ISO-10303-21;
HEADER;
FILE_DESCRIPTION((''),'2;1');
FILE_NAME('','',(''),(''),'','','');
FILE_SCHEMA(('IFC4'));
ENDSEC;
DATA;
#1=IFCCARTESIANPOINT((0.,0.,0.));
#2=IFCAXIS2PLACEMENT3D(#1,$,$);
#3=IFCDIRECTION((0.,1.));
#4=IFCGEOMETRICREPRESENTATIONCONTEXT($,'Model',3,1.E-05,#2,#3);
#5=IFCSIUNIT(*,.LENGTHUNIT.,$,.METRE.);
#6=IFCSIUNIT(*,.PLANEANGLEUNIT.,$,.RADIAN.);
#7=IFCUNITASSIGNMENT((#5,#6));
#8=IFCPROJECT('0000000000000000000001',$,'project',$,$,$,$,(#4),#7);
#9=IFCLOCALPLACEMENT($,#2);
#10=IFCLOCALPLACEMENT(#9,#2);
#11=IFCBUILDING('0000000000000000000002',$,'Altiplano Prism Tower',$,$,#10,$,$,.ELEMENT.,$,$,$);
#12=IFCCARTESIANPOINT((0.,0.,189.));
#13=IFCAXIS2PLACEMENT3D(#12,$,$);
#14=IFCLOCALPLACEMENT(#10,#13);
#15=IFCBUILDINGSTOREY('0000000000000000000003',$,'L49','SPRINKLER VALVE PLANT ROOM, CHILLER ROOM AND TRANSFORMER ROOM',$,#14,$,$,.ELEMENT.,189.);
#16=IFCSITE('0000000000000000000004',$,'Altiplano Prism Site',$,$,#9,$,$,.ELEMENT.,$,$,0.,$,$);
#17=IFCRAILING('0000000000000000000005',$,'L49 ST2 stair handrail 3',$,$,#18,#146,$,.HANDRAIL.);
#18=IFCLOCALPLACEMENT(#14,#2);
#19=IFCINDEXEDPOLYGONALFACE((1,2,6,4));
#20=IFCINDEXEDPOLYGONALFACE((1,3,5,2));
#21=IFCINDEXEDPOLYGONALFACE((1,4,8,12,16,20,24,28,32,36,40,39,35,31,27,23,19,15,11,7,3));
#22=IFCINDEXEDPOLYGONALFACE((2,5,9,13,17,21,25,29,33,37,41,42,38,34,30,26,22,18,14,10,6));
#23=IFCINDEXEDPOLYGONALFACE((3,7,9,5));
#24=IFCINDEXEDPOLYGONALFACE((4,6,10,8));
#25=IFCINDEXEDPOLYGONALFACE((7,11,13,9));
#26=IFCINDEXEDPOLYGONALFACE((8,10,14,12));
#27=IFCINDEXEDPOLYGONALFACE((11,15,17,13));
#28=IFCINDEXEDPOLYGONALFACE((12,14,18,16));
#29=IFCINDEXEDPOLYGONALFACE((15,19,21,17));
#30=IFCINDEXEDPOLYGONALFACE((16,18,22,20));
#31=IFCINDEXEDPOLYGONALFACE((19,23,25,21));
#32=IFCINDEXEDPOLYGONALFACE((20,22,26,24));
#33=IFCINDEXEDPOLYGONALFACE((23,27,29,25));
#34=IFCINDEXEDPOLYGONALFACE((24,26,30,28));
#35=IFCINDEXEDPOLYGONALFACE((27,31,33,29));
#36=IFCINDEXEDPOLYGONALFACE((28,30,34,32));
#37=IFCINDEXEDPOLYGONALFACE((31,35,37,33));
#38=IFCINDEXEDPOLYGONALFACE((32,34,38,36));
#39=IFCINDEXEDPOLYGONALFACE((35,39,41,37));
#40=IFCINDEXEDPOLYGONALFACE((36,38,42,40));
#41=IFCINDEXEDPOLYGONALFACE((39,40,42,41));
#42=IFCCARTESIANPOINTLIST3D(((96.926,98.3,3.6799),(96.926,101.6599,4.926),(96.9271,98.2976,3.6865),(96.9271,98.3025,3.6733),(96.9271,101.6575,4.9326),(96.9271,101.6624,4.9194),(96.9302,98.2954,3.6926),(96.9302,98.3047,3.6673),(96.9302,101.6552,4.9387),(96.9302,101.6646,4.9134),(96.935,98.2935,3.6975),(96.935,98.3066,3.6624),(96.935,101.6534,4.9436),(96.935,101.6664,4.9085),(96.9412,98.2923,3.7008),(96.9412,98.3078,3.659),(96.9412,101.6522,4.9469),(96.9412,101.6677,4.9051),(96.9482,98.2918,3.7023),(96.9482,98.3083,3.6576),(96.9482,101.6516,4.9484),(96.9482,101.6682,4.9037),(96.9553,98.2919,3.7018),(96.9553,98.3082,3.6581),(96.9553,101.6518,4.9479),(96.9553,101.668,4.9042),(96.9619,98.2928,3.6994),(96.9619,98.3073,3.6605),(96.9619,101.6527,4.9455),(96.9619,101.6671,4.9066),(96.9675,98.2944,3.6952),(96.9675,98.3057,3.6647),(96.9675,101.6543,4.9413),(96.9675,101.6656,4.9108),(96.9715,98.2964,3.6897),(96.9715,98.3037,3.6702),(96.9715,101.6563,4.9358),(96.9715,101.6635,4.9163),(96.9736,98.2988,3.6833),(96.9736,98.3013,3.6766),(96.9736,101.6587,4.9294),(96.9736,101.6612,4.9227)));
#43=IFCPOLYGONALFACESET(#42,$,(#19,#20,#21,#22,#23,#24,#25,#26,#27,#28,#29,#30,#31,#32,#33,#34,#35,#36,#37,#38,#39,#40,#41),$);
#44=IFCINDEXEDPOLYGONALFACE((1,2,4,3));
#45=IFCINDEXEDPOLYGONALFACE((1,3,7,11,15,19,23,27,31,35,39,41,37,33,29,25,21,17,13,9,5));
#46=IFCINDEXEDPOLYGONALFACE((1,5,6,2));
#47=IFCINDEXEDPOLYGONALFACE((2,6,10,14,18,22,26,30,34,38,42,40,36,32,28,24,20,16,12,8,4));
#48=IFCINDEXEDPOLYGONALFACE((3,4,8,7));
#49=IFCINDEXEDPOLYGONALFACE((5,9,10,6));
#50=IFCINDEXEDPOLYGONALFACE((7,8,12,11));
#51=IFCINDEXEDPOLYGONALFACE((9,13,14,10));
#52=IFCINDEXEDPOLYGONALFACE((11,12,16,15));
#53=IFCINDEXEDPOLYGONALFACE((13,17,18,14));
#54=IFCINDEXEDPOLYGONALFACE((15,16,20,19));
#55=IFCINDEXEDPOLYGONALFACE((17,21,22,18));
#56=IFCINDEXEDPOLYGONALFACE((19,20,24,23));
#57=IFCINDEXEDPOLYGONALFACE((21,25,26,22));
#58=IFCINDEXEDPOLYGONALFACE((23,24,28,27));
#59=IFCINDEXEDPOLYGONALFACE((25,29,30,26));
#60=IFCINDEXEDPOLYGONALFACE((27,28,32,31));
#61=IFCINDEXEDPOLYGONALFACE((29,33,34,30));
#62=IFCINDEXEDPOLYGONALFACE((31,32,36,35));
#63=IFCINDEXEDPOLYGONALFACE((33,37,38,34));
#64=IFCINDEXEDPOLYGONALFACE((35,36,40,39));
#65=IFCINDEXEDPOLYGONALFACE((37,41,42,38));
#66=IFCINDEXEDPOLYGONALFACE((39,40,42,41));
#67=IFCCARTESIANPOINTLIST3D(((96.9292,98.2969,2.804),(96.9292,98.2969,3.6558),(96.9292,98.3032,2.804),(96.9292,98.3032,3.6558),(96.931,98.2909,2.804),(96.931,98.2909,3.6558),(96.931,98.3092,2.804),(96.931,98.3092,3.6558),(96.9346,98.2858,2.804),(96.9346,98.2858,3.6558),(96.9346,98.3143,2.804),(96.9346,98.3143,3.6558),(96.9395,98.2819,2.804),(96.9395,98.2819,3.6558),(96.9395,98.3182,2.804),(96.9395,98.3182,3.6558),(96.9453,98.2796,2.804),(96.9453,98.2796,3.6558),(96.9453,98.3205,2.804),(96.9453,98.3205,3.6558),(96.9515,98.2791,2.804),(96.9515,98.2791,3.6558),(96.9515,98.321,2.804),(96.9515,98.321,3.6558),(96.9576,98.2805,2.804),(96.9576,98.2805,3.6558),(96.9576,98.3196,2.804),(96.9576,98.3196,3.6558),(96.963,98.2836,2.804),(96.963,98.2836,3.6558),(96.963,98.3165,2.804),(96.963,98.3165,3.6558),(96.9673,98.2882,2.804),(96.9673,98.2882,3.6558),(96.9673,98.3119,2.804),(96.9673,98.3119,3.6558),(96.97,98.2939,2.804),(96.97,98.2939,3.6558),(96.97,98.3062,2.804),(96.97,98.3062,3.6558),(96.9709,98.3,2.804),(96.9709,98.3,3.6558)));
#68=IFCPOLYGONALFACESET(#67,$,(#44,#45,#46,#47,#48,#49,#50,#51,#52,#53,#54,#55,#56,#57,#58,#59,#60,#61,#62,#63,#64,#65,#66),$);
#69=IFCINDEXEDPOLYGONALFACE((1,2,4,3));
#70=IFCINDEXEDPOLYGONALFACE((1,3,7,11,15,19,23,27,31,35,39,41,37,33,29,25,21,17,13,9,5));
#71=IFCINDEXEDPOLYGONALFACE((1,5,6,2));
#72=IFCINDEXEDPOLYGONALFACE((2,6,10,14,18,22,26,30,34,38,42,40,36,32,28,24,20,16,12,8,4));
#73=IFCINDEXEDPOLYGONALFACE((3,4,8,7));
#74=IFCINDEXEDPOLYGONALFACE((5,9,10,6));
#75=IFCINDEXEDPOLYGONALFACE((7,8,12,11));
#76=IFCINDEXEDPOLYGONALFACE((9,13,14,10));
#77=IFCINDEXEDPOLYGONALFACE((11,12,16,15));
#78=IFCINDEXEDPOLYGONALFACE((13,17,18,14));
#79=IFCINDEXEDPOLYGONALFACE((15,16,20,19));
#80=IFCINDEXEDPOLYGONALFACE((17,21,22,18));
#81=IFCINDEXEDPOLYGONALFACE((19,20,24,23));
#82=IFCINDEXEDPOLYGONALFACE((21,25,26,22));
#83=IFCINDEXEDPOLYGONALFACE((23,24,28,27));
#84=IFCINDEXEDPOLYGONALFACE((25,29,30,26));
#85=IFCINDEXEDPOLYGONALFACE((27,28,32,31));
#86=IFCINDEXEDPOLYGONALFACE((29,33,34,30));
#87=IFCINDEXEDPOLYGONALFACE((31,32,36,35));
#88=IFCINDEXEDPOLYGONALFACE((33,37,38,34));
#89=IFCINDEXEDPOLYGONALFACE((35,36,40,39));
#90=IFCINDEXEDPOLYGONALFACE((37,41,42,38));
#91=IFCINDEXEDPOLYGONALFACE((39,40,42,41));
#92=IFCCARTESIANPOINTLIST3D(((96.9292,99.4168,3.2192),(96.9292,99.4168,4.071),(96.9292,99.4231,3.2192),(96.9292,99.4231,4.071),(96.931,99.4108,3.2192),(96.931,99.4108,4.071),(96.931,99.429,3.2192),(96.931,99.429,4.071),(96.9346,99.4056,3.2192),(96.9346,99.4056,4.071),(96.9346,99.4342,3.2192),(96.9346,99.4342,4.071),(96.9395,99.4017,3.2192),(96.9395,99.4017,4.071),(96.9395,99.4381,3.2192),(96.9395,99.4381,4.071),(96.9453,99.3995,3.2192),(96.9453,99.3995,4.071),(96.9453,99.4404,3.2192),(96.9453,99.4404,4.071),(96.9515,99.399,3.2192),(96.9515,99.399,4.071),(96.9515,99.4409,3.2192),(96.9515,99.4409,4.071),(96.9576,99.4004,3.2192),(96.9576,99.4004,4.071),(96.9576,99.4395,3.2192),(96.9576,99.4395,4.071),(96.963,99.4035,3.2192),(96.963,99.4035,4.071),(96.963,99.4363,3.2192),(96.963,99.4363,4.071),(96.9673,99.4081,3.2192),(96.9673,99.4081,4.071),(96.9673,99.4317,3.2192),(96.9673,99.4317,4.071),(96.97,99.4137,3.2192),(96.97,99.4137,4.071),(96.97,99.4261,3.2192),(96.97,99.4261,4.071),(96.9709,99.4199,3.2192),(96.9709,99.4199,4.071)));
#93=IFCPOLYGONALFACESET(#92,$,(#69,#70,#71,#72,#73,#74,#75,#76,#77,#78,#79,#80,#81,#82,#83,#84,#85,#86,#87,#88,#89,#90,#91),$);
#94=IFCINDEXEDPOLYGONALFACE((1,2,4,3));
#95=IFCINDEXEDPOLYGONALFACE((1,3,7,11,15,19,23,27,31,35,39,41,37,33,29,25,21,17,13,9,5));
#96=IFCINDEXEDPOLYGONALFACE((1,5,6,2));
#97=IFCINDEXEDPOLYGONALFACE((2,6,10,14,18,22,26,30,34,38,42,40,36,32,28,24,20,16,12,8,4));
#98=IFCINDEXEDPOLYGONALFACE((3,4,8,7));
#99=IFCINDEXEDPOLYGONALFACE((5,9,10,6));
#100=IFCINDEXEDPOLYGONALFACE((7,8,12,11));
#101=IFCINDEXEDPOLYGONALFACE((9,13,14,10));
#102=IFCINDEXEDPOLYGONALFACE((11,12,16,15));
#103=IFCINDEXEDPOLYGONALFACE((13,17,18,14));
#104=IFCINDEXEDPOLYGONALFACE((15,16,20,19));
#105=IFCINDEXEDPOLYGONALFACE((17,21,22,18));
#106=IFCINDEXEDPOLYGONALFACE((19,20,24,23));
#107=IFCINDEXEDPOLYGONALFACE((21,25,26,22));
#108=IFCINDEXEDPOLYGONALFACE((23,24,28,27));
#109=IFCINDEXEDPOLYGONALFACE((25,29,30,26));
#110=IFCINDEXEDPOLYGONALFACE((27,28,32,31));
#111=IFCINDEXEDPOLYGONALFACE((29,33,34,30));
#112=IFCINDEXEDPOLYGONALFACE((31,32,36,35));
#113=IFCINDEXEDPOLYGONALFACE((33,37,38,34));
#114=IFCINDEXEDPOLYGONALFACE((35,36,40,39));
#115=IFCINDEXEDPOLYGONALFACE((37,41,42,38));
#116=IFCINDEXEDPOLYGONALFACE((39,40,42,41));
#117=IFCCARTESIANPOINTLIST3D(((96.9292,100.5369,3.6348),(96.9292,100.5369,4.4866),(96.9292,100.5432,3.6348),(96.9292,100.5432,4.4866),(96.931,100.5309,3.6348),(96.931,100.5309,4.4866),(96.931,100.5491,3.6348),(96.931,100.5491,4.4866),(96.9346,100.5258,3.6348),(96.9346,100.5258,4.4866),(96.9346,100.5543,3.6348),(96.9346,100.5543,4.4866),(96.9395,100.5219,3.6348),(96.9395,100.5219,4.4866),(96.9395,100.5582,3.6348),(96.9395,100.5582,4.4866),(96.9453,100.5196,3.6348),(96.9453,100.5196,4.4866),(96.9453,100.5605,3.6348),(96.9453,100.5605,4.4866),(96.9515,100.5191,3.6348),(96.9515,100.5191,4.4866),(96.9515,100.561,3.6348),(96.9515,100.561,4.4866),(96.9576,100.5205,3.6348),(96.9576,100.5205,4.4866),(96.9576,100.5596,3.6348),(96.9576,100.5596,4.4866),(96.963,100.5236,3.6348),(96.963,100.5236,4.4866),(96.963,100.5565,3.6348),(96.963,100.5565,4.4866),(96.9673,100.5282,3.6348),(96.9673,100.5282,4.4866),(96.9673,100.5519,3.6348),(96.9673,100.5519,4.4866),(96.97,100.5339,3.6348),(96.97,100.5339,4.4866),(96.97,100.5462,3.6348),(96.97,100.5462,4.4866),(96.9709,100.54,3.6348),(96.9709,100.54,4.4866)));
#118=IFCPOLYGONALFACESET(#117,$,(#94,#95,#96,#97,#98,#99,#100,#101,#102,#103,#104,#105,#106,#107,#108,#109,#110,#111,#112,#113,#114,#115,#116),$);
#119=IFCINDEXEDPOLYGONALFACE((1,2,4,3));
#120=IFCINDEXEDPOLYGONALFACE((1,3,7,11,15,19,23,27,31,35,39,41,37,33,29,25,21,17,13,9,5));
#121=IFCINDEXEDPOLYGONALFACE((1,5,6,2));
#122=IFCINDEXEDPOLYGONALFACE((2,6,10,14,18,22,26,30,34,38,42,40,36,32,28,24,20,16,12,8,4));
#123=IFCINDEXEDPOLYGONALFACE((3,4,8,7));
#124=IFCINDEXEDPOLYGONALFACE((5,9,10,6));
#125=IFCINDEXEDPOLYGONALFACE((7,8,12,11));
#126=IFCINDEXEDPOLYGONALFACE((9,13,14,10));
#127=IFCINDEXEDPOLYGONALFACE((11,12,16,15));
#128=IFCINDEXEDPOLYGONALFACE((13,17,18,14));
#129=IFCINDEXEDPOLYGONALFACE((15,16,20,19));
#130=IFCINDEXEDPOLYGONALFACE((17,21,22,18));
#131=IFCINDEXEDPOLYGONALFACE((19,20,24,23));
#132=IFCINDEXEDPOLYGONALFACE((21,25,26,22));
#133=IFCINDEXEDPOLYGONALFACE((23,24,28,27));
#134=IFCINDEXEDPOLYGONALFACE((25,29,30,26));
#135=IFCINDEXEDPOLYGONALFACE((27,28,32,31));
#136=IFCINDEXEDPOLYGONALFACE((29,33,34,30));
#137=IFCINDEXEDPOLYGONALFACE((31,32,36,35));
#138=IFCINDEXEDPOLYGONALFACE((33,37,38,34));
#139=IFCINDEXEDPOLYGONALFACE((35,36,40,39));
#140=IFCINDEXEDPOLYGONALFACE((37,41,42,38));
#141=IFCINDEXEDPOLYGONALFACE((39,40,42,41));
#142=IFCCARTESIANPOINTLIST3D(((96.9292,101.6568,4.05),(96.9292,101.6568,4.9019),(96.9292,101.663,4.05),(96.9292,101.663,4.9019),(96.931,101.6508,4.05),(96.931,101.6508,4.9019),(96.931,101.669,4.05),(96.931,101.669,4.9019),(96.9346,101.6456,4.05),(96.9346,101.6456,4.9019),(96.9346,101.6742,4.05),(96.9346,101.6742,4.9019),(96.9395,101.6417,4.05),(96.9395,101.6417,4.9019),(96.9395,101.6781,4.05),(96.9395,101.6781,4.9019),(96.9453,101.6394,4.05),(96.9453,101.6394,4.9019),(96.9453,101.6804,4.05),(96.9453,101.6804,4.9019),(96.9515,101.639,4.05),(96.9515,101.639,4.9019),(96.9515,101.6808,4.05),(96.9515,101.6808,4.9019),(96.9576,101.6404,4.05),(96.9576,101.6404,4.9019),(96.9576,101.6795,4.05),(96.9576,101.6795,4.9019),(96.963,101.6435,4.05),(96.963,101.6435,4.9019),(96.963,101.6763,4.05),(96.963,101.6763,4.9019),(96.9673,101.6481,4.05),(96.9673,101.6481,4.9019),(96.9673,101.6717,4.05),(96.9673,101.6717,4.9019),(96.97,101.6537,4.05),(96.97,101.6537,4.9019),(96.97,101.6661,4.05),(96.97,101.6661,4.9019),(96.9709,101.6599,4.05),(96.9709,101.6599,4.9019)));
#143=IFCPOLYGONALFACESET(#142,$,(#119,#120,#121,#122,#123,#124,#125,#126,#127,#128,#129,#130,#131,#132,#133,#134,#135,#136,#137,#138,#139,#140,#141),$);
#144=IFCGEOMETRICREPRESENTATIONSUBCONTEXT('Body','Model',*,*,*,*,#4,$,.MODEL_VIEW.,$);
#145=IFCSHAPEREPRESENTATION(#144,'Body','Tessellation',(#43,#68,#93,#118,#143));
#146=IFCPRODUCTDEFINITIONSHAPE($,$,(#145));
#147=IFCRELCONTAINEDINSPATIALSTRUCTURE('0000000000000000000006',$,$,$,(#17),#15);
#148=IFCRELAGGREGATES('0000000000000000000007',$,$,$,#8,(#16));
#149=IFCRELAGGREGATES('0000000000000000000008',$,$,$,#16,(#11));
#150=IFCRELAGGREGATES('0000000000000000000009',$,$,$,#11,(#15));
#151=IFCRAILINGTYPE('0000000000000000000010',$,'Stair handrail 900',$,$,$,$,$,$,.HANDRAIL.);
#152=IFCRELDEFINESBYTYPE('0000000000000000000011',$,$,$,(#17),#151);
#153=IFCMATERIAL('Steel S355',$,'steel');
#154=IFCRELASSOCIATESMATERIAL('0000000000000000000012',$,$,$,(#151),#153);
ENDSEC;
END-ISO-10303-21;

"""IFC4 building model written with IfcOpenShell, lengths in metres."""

from ifc_helpers import new_model, si_unit, direction, frame, origin, origin_2d, place, context, subcontext, project, spatial, circle, extrude, material, type_object, element, save


model = new_model("IFC4")

# Units and contexts
model_context = context("Model", 3, precision=1e-05, world=origin(), true_north=direction((0.0, 1.0)))
body_context = subcontext(model_context, "Body", "Model", "MODEL_VIEW")
ifc_project = project(units=[si_unit("LENGTHUNIT", "METRE"), si_unit("PLANEANGLEUNIT", "RADIAN")], contexts=[model_context])

# Site, building, storey
site_placement = place(None, origin())
site = spatial("IfcSite", under=ifc_project, at=site_placement, Name="Altiplano Prism Site", CompositionType="ELEMENT", RefElevation=0.0)
building_placement = place(site_placement, origin())
building = spatial("IfcBuilding", under=site, at=building_placement, Name="Altiplano Prism Tower", CompositionType="ELEMENT")
storey_placement = place(building_placement, frame((0.0, 0.0, 189.0)))
storey = spatial("IfcBuildingStorey", under=building, at=storey_placement, Name="L49", Description="SPRINKLER VALVE PLANT ROOM, CHILLER ROOM AND TRANSFORMER ROOM", CompositionType="ELEMENT", Elevation=189.0)

# Shared definitions
ifc_material_1 = material(Name="Steel S355", Category="steel")

# Railing
railing_type_1 = type_object("IfcRailingType", Name="Stair handrail 900", PredefinedType="HANDRAIL", material=ifc_material_1)
railing_1_placement = place(storey_placement, frame((96.95, 98.3, 2.804)))
element("IfcRailing", 1, at=railing_1_placement, inside=storey, type_object=railing_type_1, Name="L49 ST2 stair handrail 3", PredefinedType="HANDRAIL", context=body_context, shape_type="SweptSolid", body=[
    extrude(circle(Radius=0.0239, at=origin_2d()), frame((0.0, 0.0, 0.876), z_axis=(0.0, 0.937594, 0.347731), x_axis=(-1.0, 0.0, 0.0)), (0.0, 0.0, 1.0), 3.5835),
    extrude(circle(Radius=0.021, at=origin_2d()), origin(), (0.0, 0.0, 1.0), 0.8518),
    extrude(circle(Radius=0.021, at=origin_2d()), frame((0.0, 1.1199, 0.4153)), (0.0, 0.0, 1.0), 0.8518),
    extrude(circle(Radius=0.021, at=origin_2d()), frame((0.0, 2.24, 0.8308)), (0.0, 0.0, 1.0), 0.8518),
    extrude(circle(Radius=0.021, at=origin_2d()), frame((0.0, 3.3599, 1.2461)), (0.0, 0.0, 1.0), 0.8518),
])

save(model, "model.ifc")
